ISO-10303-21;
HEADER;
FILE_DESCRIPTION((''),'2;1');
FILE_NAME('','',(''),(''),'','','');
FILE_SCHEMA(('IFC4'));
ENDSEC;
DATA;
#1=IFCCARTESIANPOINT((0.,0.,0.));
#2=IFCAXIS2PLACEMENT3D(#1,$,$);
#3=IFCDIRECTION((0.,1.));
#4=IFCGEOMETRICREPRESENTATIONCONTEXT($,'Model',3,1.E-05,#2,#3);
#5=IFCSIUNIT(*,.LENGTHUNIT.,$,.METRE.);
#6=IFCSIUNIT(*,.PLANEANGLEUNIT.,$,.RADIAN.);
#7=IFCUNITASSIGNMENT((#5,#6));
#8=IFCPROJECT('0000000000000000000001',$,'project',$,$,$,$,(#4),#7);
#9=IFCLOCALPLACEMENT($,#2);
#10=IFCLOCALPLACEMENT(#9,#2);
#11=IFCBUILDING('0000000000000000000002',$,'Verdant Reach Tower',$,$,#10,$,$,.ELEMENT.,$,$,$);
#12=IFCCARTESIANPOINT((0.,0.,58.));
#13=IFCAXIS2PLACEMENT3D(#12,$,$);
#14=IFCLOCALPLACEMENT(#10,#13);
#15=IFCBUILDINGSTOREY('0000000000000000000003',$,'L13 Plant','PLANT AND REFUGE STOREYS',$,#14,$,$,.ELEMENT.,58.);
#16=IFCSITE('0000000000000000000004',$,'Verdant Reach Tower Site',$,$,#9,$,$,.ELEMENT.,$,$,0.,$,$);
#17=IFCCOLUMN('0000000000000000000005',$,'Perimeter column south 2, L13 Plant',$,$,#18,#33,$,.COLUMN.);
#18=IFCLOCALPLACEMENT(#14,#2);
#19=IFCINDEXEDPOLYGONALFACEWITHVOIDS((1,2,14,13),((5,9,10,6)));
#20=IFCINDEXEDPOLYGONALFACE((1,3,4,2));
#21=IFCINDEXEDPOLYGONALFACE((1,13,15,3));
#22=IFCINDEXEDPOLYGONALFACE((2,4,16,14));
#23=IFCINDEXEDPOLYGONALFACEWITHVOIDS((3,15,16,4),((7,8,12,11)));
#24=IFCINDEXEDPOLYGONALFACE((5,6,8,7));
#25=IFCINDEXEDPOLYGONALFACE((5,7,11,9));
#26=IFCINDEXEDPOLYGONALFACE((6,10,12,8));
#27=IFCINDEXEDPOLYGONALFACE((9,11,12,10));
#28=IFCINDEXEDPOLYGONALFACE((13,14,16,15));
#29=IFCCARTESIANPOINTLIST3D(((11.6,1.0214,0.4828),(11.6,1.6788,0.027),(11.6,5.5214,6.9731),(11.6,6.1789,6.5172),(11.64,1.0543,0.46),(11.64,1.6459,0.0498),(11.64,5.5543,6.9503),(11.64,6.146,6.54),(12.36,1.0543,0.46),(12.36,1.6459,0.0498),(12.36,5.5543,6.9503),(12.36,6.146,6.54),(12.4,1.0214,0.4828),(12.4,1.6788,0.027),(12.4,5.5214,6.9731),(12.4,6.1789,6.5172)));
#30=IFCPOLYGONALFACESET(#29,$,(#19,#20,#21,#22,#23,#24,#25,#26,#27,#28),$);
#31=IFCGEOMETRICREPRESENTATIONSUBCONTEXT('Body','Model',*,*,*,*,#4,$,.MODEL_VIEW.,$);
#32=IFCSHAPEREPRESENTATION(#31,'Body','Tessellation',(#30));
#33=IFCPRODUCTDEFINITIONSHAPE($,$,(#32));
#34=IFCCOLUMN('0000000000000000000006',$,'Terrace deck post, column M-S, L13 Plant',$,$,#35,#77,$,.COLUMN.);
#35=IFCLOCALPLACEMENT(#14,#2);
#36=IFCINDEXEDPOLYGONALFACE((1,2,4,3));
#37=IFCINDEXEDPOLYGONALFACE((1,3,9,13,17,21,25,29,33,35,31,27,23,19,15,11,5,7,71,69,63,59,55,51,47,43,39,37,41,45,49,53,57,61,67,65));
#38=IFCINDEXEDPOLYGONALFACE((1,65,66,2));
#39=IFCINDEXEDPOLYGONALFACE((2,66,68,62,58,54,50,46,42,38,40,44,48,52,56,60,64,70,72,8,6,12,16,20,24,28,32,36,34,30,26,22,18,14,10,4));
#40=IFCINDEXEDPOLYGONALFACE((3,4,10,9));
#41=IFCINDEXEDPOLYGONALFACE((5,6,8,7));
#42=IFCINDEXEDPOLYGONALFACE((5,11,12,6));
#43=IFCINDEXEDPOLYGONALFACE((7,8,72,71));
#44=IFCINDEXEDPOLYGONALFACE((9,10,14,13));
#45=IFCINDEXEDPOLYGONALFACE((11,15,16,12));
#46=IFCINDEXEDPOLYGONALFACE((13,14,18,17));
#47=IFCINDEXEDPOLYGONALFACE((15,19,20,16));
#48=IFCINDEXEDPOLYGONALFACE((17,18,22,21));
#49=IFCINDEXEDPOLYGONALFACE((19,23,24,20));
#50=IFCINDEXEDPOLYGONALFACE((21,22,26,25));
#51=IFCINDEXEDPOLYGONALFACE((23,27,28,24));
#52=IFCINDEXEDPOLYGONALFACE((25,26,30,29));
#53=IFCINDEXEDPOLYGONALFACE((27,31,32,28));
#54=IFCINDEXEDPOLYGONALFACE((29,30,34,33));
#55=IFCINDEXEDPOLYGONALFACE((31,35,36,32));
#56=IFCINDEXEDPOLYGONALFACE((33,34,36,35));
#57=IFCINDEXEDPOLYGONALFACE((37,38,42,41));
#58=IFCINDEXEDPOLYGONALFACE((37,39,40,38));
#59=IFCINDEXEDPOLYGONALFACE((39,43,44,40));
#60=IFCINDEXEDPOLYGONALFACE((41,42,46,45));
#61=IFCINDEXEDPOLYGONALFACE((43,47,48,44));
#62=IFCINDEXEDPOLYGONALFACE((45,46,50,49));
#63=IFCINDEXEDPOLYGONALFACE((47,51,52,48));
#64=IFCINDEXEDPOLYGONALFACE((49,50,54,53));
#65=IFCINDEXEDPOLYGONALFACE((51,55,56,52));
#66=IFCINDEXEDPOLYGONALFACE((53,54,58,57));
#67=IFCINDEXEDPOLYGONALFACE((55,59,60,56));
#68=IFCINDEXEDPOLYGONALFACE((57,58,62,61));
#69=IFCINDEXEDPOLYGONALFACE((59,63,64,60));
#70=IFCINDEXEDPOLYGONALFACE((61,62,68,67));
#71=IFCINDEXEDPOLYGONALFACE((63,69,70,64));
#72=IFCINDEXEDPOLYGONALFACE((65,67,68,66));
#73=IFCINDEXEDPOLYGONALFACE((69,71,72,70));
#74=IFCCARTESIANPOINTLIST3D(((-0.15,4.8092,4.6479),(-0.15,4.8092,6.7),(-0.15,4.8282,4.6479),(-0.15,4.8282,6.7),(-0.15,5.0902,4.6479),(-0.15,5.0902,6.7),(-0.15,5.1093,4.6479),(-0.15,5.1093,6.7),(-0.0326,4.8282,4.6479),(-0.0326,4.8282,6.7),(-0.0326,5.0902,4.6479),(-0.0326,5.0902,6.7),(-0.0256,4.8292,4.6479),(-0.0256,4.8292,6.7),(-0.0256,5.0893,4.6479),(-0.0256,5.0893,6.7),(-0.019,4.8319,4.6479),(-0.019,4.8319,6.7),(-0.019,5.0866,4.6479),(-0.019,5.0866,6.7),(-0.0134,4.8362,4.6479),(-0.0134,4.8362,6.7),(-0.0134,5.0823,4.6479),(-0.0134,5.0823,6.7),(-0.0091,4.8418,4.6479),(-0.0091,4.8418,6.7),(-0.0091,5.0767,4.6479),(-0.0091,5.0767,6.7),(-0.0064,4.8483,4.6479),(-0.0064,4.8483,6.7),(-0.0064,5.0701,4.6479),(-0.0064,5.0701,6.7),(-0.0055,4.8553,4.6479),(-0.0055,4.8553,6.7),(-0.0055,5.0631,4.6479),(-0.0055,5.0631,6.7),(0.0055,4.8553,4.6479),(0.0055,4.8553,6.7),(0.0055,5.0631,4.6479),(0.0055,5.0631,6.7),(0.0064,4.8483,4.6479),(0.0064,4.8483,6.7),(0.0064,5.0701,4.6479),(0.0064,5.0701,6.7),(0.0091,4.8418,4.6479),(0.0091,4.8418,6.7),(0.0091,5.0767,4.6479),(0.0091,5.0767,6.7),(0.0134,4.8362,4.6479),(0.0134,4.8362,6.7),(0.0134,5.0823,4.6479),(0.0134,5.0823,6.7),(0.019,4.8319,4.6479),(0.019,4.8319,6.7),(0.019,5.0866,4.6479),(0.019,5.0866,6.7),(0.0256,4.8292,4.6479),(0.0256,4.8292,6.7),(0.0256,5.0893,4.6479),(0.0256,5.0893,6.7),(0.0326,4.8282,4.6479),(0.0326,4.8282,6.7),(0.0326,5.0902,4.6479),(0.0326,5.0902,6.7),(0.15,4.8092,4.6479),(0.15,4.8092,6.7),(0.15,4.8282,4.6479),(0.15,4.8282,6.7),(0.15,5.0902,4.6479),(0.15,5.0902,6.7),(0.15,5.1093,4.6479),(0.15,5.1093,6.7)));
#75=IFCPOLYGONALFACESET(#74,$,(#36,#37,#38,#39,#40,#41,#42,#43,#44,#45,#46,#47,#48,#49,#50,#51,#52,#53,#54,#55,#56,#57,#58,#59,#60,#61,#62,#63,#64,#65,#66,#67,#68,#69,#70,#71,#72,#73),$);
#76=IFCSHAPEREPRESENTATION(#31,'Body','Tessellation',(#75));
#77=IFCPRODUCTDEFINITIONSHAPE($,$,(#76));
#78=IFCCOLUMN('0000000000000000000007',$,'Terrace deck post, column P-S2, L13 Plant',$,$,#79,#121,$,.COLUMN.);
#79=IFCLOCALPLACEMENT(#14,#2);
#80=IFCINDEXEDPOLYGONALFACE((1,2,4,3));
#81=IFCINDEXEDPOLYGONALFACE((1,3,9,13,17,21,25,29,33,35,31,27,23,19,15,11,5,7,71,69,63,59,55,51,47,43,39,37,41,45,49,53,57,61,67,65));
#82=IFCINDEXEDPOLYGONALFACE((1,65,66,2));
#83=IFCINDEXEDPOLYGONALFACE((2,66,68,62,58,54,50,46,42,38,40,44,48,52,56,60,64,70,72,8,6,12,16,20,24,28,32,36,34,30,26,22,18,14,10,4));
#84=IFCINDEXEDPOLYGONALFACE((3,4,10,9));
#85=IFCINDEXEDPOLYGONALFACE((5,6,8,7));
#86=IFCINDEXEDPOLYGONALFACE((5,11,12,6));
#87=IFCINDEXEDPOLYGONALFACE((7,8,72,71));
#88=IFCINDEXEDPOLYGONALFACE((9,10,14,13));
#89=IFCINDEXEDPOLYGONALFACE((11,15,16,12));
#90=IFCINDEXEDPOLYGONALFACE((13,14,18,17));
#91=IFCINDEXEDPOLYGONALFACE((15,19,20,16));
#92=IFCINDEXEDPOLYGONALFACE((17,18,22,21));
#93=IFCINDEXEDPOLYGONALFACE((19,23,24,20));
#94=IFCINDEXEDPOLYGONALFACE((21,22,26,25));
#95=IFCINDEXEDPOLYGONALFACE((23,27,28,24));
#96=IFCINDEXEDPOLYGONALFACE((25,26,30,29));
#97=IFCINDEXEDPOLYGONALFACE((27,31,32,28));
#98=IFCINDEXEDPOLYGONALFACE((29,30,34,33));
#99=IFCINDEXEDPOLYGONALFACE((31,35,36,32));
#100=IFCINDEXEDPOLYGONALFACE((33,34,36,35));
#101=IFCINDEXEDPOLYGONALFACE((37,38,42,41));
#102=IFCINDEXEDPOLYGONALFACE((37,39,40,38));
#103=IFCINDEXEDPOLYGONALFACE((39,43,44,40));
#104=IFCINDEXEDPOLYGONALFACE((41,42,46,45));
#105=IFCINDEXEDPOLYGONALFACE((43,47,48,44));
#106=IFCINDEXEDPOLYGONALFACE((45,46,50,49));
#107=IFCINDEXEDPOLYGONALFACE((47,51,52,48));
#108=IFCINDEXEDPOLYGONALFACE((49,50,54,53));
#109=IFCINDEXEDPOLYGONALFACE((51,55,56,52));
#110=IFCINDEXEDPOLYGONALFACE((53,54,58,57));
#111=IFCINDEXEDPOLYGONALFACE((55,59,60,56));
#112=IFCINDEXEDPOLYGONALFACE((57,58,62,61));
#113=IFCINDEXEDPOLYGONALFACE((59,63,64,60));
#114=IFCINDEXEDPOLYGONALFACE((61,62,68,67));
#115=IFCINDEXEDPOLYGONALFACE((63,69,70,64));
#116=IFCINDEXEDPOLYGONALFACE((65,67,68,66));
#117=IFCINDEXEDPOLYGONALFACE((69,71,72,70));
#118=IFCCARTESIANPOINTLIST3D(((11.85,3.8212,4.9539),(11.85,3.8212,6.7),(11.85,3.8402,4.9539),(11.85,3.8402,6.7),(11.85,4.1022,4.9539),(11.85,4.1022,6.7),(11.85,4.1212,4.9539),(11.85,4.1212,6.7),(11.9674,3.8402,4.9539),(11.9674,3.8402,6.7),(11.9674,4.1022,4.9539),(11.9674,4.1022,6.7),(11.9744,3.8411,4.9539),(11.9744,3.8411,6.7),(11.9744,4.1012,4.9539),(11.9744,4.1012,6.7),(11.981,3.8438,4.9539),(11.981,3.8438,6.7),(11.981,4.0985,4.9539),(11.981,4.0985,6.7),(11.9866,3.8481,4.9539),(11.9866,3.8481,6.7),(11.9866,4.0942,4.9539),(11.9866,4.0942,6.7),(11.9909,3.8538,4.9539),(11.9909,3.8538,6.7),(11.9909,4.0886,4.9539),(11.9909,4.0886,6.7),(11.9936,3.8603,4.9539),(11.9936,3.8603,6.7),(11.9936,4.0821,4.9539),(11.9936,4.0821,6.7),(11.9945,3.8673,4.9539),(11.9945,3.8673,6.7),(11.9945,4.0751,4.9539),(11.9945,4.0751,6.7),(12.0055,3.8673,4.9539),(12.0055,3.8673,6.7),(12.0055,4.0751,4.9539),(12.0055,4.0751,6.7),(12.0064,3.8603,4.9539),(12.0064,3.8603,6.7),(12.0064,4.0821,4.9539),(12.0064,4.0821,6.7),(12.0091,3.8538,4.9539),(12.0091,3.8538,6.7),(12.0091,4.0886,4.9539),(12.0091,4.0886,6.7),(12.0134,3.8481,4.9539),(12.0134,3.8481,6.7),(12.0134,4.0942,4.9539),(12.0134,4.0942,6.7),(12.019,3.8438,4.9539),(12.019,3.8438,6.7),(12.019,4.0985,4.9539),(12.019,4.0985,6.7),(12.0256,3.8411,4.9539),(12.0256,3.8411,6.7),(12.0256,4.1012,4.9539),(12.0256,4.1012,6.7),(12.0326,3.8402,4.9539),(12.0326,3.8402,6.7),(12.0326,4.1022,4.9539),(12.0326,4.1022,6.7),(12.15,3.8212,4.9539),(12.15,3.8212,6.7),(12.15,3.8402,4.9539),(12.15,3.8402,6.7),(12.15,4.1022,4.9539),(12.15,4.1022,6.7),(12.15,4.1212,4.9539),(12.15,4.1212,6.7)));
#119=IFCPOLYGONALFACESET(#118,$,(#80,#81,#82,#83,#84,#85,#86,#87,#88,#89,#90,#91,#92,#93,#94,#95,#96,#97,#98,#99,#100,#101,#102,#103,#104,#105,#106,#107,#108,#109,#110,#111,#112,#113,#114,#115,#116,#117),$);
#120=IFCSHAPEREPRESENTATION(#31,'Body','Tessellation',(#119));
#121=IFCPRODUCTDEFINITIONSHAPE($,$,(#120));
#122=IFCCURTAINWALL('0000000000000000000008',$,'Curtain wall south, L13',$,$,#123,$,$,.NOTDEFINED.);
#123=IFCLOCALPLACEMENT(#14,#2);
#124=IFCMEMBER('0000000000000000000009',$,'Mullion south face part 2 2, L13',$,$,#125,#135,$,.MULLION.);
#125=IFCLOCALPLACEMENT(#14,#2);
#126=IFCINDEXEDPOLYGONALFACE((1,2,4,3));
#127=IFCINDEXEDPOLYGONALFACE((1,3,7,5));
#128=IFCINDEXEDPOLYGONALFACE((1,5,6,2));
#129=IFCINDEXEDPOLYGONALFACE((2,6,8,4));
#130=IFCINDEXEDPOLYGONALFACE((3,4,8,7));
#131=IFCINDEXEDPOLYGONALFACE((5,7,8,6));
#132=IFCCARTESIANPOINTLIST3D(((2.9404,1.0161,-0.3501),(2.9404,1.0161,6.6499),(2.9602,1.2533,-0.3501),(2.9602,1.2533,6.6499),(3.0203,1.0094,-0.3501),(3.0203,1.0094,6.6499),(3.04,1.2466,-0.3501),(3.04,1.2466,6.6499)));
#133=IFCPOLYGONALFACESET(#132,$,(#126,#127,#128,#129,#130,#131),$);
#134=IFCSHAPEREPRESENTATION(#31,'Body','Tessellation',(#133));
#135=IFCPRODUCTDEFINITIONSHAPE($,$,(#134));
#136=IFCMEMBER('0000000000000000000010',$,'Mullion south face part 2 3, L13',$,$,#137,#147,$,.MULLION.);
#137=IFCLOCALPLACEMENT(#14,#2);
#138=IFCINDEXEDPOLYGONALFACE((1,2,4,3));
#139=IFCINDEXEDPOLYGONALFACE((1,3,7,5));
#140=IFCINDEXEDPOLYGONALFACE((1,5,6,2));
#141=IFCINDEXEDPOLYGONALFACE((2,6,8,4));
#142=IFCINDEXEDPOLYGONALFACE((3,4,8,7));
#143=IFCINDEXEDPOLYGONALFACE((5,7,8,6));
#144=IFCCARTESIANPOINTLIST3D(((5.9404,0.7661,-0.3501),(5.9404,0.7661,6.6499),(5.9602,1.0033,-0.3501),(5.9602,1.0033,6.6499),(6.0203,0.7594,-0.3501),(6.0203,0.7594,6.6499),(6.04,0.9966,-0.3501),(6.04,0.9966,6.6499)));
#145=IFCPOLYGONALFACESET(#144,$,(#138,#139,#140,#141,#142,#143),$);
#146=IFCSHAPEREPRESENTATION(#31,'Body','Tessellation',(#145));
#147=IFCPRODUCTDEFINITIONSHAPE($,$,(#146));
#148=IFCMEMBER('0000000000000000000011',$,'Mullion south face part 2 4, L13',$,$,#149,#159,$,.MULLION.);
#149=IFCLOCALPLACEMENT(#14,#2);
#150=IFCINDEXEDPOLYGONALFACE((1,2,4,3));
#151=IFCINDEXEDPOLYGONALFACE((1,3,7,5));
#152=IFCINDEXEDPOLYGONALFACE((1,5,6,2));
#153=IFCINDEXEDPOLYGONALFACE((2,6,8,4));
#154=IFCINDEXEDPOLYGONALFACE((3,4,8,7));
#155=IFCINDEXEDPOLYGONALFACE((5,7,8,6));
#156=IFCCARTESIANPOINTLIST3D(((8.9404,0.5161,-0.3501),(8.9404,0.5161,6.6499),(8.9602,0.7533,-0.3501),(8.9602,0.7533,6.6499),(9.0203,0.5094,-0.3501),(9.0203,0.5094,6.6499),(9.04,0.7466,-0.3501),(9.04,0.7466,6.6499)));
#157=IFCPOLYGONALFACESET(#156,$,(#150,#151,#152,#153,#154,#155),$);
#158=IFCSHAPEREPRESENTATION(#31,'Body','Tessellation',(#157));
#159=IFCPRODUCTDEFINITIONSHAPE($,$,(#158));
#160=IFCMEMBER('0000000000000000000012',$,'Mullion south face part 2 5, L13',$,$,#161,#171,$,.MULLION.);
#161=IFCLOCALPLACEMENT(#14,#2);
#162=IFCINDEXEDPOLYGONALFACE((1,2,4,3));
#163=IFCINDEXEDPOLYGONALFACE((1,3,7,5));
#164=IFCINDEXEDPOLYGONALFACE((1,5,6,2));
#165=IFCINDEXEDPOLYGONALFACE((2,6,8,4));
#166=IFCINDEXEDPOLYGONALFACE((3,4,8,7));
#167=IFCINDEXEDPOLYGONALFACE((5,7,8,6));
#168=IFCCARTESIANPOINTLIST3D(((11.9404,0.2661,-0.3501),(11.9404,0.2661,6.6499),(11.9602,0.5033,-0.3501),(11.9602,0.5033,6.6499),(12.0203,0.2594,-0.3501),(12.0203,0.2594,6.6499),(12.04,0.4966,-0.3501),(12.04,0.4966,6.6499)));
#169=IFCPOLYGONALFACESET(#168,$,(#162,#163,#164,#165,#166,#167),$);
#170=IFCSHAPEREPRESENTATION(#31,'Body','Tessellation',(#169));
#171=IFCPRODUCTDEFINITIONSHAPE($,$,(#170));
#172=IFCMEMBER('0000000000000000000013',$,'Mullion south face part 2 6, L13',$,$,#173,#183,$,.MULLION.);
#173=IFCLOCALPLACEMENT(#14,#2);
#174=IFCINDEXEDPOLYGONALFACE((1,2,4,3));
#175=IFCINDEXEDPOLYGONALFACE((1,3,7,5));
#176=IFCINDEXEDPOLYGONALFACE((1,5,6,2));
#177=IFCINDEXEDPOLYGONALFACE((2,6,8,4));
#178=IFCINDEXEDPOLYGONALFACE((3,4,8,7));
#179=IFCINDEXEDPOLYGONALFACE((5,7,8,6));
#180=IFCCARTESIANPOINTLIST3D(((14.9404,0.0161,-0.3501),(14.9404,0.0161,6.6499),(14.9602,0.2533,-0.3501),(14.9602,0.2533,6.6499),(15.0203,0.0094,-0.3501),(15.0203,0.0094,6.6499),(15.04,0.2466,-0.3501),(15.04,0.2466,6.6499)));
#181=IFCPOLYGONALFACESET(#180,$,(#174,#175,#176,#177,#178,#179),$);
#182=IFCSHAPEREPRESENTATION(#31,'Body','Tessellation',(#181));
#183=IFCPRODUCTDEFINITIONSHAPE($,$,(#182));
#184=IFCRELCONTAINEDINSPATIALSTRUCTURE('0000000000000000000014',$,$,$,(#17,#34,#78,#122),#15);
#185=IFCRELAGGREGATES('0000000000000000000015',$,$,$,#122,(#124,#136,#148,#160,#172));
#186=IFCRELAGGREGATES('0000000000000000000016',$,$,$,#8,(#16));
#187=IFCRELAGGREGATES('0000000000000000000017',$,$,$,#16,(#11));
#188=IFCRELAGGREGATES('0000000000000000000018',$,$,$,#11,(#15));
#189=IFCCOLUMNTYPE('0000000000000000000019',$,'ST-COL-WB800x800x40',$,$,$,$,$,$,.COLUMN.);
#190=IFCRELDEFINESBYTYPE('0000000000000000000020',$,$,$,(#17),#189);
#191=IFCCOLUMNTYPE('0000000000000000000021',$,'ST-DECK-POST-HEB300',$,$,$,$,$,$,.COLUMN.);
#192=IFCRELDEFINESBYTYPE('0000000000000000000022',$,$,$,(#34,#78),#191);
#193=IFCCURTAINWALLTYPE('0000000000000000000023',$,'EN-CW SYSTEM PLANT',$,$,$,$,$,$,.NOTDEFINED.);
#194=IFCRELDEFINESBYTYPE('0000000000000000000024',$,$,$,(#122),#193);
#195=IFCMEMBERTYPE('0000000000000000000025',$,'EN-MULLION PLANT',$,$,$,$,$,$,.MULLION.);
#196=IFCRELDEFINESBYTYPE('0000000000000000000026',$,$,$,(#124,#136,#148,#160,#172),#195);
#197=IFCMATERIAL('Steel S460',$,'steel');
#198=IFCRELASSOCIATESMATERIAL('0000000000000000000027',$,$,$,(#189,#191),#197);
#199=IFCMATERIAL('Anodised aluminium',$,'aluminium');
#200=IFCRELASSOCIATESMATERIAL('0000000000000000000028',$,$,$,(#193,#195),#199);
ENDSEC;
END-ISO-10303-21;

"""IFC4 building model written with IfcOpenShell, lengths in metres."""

from ifc_helpers import new_model, si_unit, direction, frame, origin, origin_2d, place, context, subcontext, project, spatial, rectangle, hollow_rectangle, i_section, extrude, material, material_profile, profile_set, type_object, element, aggregate, save


model = new_model("IFC4")

# Units and contexts
model_context = context("Model", 3, precision=1e-05, world=origin(), true_north=direction((0.0, 1.0)))
body_context = subcontext(model_context, "Body", "Model", "MODEL_VIEW")
ifc_project = project(units=[si_unit("LENGTHUNIT", "METRE"), si_unit("PLANEANGLEUNIT", "RADIAN")], contexts=[model_context])

# Site, building, storey
site_placement = place(None, origin())
site = spatial("IfcSite", under=ifc_project, at=site_placement, Name="Verdant Reach Tower Site", CompositionType="ELEMENT", RefElevation=0.0)
building_placement = place(site_placement, origin())
building = spatial("IfcBuilding", under=site, at=building_placement, Name="Verdant Reach Tower", CompositionType="ELEMENT")
storey_placement = place(building_placement, frame((0.0, 0.0, 58.0)))
storey = spatial("IfcBuildingStorey", under=building, at=storey_placement, Name="L13 Plant", Description="PLANT AND REFUGE STOREYS", CompositionType="ELEMENT", Elevation=58.0)

# Columns
ifc_material_1 = material(Name="Steel S460", Category="steel")
ifc_material_profile_1 = material_profile(ifc_material_1, hollow_rectangle(XDim=0.8, YDim=0.8, WallThickness=0.04, at=origin_2d()), Name="WB 800x800x40")
ifc_profile_set_1 = profile_set([ifc_material_profile_1], Name="Steel S460")
column_type_1 = type_object("IfcColumnType", Name="ST-COL-WB800x800x40", PredefinedType="COLUMN", material=ifc_profile_set_1)
column_1_placement = place(storey_placement, frame((12.0, 1.3501, 0.2549), z_axis=(0.0, 0.569789, 0.821791), x_axis=(-1.0, 0.0, 0.0)))
element("IfcColumn", 1, at=column_1_placement, inside=storey, type_object=column_type_1, Name="Perimeter column south 2, L13 Plant", PredefinedType="COLUMN", context=body_context, shape_type="SweptSolid", body=[
    extrude(hollow_rectangle(XDim=0.8, YDim=0.8, WallThickness=0.04, at=origin_2d()), origin(), (0.0, 0.0, 1.0), 7.8977),
])
ifc_material_profile_2 = material_profile(ifc_material_1, i_section(OverallWidth=0.3, OverallDepth=0.3, WebThickness=0.011, FlangeThickness=0.019, FilletRadius=0.0271, at=origin_2d()), Name="HEB 300")
ifc_profile_set_2 = profile_set([ifc_material_profile_2], Name="Steel S460")
column_type_2 = type_object("IfcColumnType", Name="ST-DECK-POST-HEB300", PredefinedType="COLUMN", material=ifc_profile_set_2)
column_2_placement = place(storey_placement, frame((0.0, 4.9592, 4.6479), z_axis=(0.0, 0.0, 1.0), x_axis=(1.0, 0.0, 0.0)))
element("IfcColumn", 2, at=column_2_placement, inside=storey, type_object=column_type_2, Name="Terrace deck post, column M-S, L13 Plant", PredefinedType="COLUMN", context=body_context, shape_type="SweptSolid", body=[
    extrude(i_section(OverallWidth=0.3, OverallDepth=0.3, WebThickness=0.011, FlangeThickness=0.019, FilletRadius=0.0271, at=origin_2d()), origin(), (0.0, 0.0, 1.0), 2.052),
])
column_3_placement = place(storey_placement, frame((12.0, 3.9712, 4.9539), z_axis=(0.0, 0.0, 1.0), x_axis=(1.0, 0.0, 0.0)))
element("IfcColumn", 3, at=column_3_placement, inside=storey, type_object=column_type_2, Name="Terrace deck post, column P-S2, L13 Plant", PredefinedType="COLUMN", context=body_context, shape_type="SweptSolid", body=[
    extrude(i_section(OverallWidth=0.3, OverallDepth=0.3, WebThickness=0.011, FlangeThickness=0.019, FilletRadius=0.0271, at=origin_2d()), origin(), (0.0, 0.0, 1.0), 1.7461),
])

# Curtain wall, members
ifc_material_2 = material(Name="Anodised aluminium", Category="aluminium")
curtain_wall_type = type_object("IfcCurtainWallType", Name="EN-CW SYSTEM PLANT", PredefinedType="NOTDEFINED", material=ifc_material_2)
curtain_wall_placement = place(storey_placement, origin())
curtain_wall = element("IfcCurtainWall", 4, at=curtain_wall_placement, inside=storey, type_object=curtain_wall_type, Name="Curtain wall south, L13", PredefinedType="NOTDEFINED")
ifc_material_profile_3 = material_profile(ifc_material_2, rectangle(XDim=0.238, YDim=0.0801, at=origin_2d()), Name="Mullion 80x240")
ifc_profile_set_3 = profile_set([ifc_material_profile_3], Name="Anodised aluminium")
member_type_1 = type_object("IfcMemberType", Name="EN-MULLION PLANT", PredefinedType="MULLION", material=ifc_profile_set_3)
member_1_placement = place(storey_placement, frame((2.9902, 1.1313, -0.3501), z_axis=(0.0, 0.0, 1.0), x_axis=(-0.083045, -0.996546, 0.0)))
member_1 = element("IfcMember", 5, at=member_1_placement, type_object=member_type_1, Name="Mullion south face part 2 2, L13", PredefinedType="MULLION", context=body_context, shape_type="SweptSolid", body=[
    extrude(rectangle(XDim=0.238, YDim=0.0801, at=origin_2d()), origin(), (0.0, 0.0, 1.0), 7.0),
])
member_2_placement = place(storey_placement, frame((5.9902, 0.8813, -0.3501), z_axis=(0.0, 0.0, 1.0), x_axis=(-0.083045, -0.996546, 0.0)))
member_2 = element("IfcMember", 6, at=member_2_placement, type_object=member_type_1, Name="Mullion south face part 2 3, L13", PredefinedType="MULLION", context=body_context, shape_type="SweptSolid", body=[
    extrude(rectangle(XDim=0.238, YDim=0.0801, at=origin_2d()), origin(), (0.0, 0.0, 1.0), 7.0),
])
member_3_placement = place(storey_placement, frame((8.9902, 0.6313, -0.3501), z_axis=(0.0, 0.0, 1.0), x_axis=(-0.083045, -0.996546, 0.0)))
member_3 = element("IfcMember", 7, at=member_3_placement, type_object=member_type_1, Name="Mullion south face part 2 4, L13", PredefinedType="MULLION", context=body_context, shape_type="SweptSolid", body=[
    extrude(rectangle(XDim=0.238, YDim=0.0801, at=origin_2d()), origin(), (0.0, 0.0, 1.0), 7.0),
])
member_4_placement = place(storey_placement, frame((11.9902, 0.3813, -0.3501), z_axis=(0.0, 0.0, 1.0), x_axis=(-0.083045, -0.996546, 0.0)))
member_4 = element("IfcMember", 8, at=member_4_placement, type_object=member_type_1, Name="Mullion south face part 2 5, L13", PredefinedType="MULLION", context=body_context, shape_type="SweptSolid", body=[
    extrude(rectangle(XDim=0.238, YDim=0.0801, at=origin_2d()), origin(), (0.0, 0.0, 1.0), 7.0),
])
member_5_placement = place(storey_placement, frame((14.9902, 0.1313, -0.3501), z_axis=(0.0, 0.0, 1.0), x_axis=(-0.083045, -0.996546, 0.0)))
member_5 = element("IfcMember", 9, at=member_5_placement, type_object=member_type_1, Name="Mullion south face part 2 6, L13", PredefinedType="MULLION", context=body_context, shape_type="SweptSolid", body=[
    extrude(rectangle(XDim=0.238, YDim=0.0801, at=origin_2d()), origin(), (0.0, 0.0, 1.0), 7.0),
])

aggregate(curtain_wall, [member_1, member_2, member_3, member_4, member_5])

save(model, "model.ifc")
